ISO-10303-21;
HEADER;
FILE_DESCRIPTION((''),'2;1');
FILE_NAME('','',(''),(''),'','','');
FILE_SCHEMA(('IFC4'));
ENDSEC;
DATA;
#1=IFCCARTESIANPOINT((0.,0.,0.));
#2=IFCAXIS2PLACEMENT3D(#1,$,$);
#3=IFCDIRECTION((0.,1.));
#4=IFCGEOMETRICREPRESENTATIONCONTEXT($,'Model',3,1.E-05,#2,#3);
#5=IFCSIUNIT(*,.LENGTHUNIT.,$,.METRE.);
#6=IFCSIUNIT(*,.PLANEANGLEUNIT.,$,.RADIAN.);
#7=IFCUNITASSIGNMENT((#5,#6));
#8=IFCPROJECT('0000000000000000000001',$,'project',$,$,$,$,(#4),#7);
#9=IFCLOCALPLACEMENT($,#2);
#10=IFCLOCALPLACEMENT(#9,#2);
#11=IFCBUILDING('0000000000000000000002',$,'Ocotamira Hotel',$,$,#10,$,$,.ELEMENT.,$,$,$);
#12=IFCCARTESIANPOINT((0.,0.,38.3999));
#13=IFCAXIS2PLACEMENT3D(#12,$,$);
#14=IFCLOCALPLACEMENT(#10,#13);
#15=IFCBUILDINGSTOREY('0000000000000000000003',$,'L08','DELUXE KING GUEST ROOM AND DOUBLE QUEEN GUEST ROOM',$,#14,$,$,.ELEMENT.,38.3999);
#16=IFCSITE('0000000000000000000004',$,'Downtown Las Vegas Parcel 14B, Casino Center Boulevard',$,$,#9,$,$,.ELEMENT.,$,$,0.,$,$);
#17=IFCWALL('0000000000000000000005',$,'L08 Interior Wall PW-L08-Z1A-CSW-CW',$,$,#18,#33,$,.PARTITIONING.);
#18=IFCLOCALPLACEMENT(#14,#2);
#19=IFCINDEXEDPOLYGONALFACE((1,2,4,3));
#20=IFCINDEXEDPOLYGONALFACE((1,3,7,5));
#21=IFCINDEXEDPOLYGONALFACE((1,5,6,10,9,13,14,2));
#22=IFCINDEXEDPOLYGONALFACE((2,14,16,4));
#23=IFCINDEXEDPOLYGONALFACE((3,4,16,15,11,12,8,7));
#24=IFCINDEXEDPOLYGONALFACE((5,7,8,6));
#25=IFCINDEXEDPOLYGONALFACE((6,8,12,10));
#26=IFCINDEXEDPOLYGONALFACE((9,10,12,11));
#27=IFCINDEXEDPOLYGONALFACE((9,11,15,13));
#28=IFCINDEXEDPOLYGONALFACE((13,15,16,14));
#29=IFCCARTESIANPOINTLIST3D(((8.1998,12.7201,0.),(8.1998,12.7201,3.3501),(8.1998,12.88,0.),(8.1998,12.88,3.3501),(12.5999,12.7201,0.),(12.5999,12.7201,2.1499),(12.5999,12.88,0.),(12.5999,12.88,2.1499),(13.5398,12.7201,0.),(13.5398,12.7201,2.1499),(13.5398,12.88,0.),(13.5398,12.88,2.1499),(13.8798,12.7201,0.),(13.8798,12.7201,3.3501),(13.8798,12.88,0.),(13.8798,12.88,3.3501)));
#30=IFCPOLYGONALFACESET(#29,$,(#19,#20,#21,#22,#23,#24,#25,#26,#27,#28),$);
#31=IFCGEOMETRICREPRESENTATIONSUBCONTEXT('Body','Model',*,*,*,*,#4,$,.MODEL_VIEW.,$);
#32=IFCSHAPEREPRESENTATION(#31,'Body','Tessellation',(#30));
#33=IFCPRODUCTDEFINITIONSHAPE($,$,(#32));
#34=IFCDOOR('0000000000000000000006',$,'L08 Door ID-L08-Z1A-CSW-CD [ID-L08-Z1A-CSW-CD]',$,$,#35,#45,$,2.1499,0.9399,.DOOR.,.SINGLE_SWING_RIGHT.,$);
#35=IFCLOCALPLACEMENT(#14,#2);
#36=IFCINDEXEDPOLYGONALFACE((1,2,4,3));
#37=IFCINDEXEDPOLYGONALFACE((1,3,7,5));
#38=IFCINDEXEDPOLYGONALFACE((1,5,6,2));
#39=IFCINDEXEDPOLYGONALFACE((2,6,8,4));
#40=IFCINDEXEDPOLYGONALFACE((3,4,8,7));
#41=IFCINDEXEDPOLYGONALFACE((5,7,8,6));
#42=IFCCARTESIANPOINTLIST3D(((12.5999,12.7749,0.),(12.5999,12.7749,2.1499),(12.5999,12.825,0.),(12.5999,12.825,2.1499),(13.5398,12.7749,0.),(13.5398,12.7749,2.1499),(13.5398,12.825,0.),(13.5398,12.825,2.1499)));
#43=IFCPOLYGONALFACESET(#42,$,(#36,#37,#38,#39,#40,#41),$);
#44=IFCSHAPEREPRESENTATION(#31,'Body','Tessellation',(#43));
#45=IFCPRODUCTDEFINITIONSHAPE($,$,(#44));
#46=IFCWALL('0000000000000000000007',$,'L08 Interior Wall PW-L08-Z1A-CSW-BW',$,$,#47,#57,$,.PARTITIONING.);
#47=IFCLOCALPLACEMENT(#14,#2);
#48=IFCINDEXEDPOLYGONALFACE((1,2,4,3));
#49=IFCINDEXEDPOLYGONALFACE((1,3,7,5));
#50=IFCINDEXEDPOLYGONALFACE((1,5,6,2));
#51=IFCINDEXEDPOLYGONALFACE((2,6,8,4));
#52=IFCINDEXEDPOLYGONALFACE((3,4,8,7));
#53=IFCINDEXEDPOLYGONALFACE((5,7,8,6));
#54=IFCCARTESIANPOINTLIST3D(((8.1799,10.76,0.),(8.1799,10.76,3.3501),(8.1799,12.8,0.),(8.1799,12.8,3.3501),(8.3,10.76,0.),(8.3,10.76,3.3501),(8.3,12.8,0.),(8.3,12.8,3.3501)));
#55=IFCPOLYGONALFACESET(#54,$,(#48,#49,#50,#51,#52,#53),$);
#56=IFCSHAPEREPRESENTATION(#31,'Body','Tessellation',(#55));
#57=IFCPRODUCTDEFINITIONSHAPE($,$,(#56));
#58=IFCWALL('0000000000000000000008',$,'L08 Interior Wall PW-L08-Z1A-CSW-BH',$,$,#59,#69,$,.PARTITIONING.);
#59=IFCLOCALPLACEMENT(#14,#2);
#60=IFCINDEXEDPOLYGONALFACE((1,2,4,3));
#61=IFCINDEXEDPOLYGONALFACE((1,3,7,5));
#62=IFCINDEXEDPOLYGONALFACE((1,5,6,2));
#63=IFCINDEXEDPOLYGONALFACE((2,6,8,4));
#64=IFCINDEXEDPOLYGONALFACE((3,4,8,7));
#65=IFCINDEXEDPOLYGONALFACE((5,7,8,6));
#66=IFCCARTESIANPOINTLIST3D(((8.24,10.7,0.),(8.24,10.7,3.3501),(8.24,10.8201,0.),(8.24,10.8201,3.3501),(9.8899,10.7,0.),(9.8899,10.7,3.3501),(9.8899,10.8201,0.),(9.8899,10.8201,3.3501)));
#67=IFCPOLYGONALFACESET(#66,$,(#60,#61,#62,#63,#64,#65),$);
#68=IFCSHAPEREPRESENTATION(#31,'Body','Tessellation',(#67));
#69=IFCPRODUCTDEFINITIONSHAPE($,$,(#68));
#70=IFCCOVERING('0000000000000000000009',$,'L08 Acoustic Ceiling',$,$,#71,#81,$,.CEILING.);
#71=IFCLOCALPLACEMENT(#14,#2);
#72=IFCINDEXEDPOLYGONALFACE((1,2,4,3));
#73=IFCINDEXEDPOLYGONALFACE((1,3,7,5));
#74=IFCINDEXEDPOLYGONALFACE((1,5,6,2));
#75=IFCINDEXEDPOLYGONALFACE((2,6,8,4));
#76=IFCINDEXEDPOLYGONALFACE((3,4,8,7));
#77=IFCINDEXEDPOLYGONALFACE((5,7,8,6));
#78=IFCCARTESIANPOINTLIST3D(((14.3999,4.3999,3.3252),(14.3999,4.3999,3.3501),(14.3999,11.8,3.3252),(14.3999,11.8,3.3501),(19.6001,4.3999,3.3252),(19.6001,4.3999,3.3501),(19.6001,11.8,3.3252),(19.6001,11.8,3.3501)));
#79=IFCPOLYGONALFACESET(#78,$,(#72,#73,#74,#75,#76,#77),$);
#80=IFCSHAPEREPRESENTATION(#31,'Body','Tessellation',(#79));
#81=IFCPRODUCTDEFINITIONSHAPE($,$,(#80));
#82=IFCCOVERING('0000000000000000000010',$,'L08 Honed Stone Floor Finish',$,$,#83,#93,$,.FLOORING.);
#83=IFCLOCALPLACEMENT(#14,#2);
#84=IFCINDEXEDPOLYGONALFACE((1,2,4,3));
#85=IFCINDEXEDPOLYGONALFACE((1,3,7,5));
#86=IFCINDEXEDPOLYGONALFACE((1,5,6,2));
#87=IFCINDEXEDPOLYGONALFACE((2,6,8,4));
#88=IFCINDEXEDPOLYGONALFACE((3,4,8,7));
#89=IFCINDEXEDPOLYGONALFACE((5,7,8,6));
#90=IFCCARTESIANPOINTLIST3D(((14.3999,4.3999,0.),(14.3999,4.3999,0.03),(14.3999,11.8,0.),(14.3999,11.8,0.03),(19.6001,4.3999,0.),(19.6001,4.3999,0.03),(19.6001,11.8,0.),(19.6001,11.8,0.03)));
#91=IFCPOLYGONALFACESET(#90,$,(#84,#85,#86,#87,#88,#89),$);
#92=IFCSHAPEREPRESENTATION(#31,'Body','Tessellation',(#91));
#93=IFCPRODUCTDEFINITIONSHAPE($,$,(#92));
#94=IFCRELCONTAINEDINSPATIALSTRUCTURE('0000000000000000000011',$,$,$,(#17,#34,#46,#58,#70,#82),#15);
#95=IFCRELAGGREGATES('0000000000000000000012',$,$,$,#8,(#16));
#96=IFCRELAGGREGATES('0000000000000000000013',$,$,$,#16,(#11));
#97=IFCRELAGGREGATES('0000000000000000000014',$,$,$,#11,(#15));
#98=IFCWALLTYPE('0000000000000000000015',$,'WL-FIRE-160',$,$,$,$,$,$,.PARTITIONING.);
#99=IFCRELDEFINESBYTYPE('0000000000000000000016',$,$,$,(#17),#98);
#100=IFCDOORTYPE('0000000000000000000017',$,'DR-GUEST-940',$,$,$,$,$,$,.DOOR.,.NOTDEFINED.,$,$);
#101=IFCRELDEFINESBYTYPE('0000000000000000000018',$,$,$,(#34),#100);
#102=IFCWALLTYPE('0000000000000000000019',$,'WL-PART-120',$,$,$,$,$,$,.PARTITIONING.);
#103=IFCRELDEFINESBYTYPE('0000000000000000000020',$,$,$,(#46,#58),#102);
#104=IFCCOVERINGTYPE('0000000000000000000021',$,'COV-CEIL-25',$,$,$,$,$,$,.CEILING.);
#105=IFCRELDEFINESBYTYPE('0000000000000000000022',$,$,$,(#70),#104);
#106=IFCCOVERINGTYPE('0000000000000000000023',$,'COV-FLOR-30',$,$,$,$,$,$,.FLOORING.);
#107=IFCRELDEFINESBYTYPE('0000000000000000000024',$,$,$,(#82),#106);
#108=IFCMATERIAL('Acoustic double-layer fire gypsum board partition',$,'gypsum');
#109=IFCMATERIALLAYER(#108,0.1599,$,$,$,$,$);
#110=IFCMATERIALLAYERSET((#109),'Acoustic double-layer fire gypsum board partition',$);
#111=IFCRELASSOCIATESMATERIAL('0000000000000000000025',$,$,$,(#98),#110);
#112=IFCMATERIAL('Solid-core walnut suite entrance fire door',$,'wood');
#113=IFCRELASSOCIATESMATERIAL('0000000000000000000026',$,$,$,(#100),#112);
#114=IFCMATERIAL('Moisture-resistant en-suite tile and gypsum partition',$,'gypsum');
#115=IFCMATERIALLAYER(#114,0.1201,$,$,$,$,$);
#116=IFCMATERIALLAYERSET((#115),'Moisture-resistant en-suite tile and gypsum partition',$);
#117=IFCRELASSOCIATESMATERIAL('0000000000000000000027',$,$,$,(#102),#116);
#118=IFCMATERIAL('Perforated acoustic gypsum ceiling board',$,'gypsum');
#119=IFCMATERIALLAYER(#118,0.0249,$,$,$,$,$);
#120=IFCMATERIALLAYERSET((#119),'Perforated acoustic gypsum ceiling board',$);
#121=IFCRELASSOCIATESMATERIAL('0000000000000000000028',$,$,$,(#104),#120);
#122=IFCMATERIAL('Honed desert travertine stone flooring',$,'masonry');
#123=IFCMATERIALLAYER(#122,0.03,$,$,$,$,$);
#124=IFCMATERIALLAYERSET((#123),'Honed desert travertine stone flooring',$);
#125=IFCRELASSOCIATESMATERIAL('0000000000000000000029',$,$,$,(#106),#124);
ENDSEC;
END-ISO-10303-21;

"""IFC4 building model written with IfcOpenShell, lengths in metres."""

from ifc_helpers import new_model, si_unit, direction, frame, frame_2d, origin, place, context, subcontext, project, spatial, polyline, rectangle, outline, extrude, source, transform, mapped, material, layer, layer_set, type_object, element, fill, save


model = new_model("IFC4")

# Units and contexts
model_context = context("Model", 3, precision=1e-05, world=origin(), true_north=direction((0.0, 1.0)))
body_context = subcontext(model_context, "Body", "Model", "MODEL_VIEW")
ifc_project = project(units=[si_unit("LENGTHUNIT", "METRE"), si_unit("PLANEANGLEUNIT", "RADIAN")], contexts=[model_context])

# Site, building, storey
site_placement = place(None, origin())
site = spatial("IfcSite", under=ifc_project, at=site_placement, Name="Downtown Las Vegas Parcel 14B, Casino Center Boulevard", CompositionType="ELEMENT", RefElevation=0.0)
building_placement = place(site_placement, origin())
building = spatial("IfcBuilding", under=site, at=building_placement, Name="Ocotamira Hotel", CompositionType="ELEMENT")
storey_placement = place(building_placement, frame((0.0, 0.0, 38.3999)))
storey = spatial("IfcBuildingStorey", under=building, at=storey_placement, Name="L08", Description="DELUXE KING GUEST ROOM AND DOUBLE QUEEN GUEST ROOM", CompositionType="ELEMENT", Elevation=38.3999)

# Wall, opening, door
ifc_material_1 = material(Name="Acoustic double-layer fire gypsum board partition", Category="gypsum")
ifc_layer_1 = layer(ifc_material_1, 0.1599)
ifc_layer_set_1 = layer_set([ifc_layer_1], Name="Acoustic double-layer fire gypsum board partition")
wall_type_1 = type_object("IfcWallType", Name="WL-FIRE-160", PredefinedType="PARTITIONING", material=ifc_layer_set_1)
wall_1_placement = place(storey_placement, frame((8.2, 12.8, 0.0), z_axis=(0.0, 0.0, 1.0), x_axis=(1.0, 0.0, 0.0)))
wall_1 = element("IfcWall", 1, at=wall_1_placement, inside=storey, type_object=wall_type_1, Name="L08 Interior Wall PW-L08-Z1A-CSW-CW", PredefinedType="PARTITIONING", context=body_context, shape_type="SweptSolid", body=[
    extrude(rectangle(XDim=5.6799, YDim=0.1599, at=frame_2d((2.8398, 0.0))), origin(), (0.0, 0.0, 1.0), 3.3501),
])
opening_placement = place(wall_1_placement, frame((4.3999, 0.0, 0.0)))
opening = element("IfcOpeningElement", 2, at=opening_placement, cuts=wall_1, PredefinedType="OPENING", context=body_context, shape_type="SweptSolid", body=[
    extrude(rectangle(XDim=0.9399, YDim=2.1499, at=frame_2d((0.47, 1.075))), frame((0.0, 0.0898, 0.0), z_axis=(0.0, -1.0, 0.0), x_axis=(1.0, 0.0, 0.0)), (0.0, 0.0, 1.0), 0.1799),
])
ifc_material_2 = material(Name="Solid-core walnut suite entrance fire door", Category="wood")
door_type = type_object("IfcDoorType", Name="DR-GUEST-940", OperationType="NOTDEFINED", PredefinedType="DOOR", material=ifc_material_2)
shared_shape_1 = source(origin(), body_context, "Body", "SweptSolid", [
    extrude(rectangle(XDim=0.9399, YDim=2.1499, at=frame_2d((0.47, 1.075))), frame((0.0, 0.0249, 0.0), z_axis=(0.0, -1.0, 0.0), x_axis=(1.0, 0.0, 0.0)), (0.0, 0.0, 1.0), 0.05),
])
door_placement = place(opening_placement, origin())
door = element("IfcDoor", 3, at=door_placement, inside=storey, type_object=door_type, Name="L08 Door ID-L08-Z1A-CSW-CD [ID-L08-Z1A-CSW-CD]", OperationType="SINGLE_SWING_RIGHT", OverallHeight=2.1499, OverallWidth=0.9399, PredefinedType="DOOR", context=body_context, shape_type="MappedRepresentation", body=[
    mapped(shared_shape_1, transform((0.0, 0.0, 0.0), scale=1.0)),
])
fill(opening, door)

# Walls
ifc_material_3 = material(Name="Moisture-resistant en-suite tile and gypsum partition", Category="gypsum")
ifc_layer_2 = layer(ifc_material_3, 0.1201)
ifc_layer_set_2 = layer_set([ifc_layer_2], Name="Moisture-resistant en-suite tile and gypsum partition")
wall_type_2 = type_object("IfcWallType", Name="WL-PART-120", PredefinedType="PARTITIONING", material=ifc_layer_set_2)
wall_2_placement = place(storey_placement, frame((8.24, 10.76, 0.0), z_axis=(0.0, 0.0, 1.0), x_axis=(0.0, 1.0, 0.0)))
element("IfcWall", 4, at=wall_2_placement, inside=storey, type_object=wall_type_2, Name="L08 Interior Wall PW-L08-Z1A-CSW-BW", PredefinedType="PARTITIONING", context=body_context, shape_type="SweptSolid", body=[
    extrude(rectangle(XDim=2.04, YDim=0.1201, at=frame_2d((1.02, 0.0))), origin(), (0.0, 0.0, 1.0), 3.3501),
])
wall_3_placement = place(storey_placement, frame((8.24, 10.76, 0.0), z_axis=(0.0, 0.0, 1.0), x_axis=(1.0, 0.0, 0.0)))
element("IfcWall", 5, at=wall_3_placement, inside=storey, type_object=wall_type_2, Name="L08 Interior Wall PW-L08-Z1A-CSW-BH", PredefinedType="PARTITIONING", context=body_context, shape_type="SweptSolid", body=[
    extrude(rectangle(XDim=1.6499, YDim=0.1201, at=frame_2d((0.825, 0.0))), origin(), (0.0, 0.0, 1.0), 3.3501),
])

# Coverings
ifc_material_4 = material(Name="Perforated acoustic gypsum ceiling board", Category="gypsum")
ifc_layer_3 = layer(ifc_material_4, 0.0249)
ifc_layer_set_3 = layer_set([ifc_layer_3], Name="Perforated acoustic gypsum ceiling board")
covering_type_1 = type_object("IfcCoveringType", Name="COV-CEIL-25", PredefinedType="CEILING", material=ifc_layer_set_3)
covering_1_placement = place(storey_placement, frame((0.0, 0.0, 3.3252)))
element("IfcCovering", 6, at=covering_1_placement, inside=storey, type_object=covering_type_1, Name="L08 Acoustic Ceiling", PredefinedType="CEILING", context=body_context, shape_type="SweptSolid", body=[
    extrude(outline(polyline([(14.3999, 4.3999), (19.6001, 4.3999), (19.6001, 11.8), (14.3999, 11.8), (14.3999, 4.3999)])), origin(), (0.0, 0.0, 1.0), 0.0249),
])
ifc_material_5 = material(Name="Honed desert travertine stone flooring", Category="masonry")
ifc_layer_4 = layer(ifc_material_5, 0.03)
ifc_layer_set_4 = layer_set([ifc_layer_4], Name="Honed desert travertine stone flooring")
covering_type_2 = type_object("IfcCoveringType", Name="COV-FLOR-30", PredefinedType="FLOORING", material=ifc_layer_set_4)
covering_2_placement = place(storey_placement, origin())
element("IfcCovering", 7, at=covering_2_placement, inside=storey, type_object=covering_type_2, Name="L08 Honed Stone Floor Finish", PredefinedType="FLOORING", context=body_context, shape_type="SweptSolid", body=[
    extrude(outline(polyline([(14.3999, 4.3999), (19.6001, 4.3999), (19.6001, 11.8), (14.3999, 11.8), (14.3999, 4.3999)])), origin(), (0.0, 0.0, 1.0), 0.03),
])

save(model, "model.ifc")
